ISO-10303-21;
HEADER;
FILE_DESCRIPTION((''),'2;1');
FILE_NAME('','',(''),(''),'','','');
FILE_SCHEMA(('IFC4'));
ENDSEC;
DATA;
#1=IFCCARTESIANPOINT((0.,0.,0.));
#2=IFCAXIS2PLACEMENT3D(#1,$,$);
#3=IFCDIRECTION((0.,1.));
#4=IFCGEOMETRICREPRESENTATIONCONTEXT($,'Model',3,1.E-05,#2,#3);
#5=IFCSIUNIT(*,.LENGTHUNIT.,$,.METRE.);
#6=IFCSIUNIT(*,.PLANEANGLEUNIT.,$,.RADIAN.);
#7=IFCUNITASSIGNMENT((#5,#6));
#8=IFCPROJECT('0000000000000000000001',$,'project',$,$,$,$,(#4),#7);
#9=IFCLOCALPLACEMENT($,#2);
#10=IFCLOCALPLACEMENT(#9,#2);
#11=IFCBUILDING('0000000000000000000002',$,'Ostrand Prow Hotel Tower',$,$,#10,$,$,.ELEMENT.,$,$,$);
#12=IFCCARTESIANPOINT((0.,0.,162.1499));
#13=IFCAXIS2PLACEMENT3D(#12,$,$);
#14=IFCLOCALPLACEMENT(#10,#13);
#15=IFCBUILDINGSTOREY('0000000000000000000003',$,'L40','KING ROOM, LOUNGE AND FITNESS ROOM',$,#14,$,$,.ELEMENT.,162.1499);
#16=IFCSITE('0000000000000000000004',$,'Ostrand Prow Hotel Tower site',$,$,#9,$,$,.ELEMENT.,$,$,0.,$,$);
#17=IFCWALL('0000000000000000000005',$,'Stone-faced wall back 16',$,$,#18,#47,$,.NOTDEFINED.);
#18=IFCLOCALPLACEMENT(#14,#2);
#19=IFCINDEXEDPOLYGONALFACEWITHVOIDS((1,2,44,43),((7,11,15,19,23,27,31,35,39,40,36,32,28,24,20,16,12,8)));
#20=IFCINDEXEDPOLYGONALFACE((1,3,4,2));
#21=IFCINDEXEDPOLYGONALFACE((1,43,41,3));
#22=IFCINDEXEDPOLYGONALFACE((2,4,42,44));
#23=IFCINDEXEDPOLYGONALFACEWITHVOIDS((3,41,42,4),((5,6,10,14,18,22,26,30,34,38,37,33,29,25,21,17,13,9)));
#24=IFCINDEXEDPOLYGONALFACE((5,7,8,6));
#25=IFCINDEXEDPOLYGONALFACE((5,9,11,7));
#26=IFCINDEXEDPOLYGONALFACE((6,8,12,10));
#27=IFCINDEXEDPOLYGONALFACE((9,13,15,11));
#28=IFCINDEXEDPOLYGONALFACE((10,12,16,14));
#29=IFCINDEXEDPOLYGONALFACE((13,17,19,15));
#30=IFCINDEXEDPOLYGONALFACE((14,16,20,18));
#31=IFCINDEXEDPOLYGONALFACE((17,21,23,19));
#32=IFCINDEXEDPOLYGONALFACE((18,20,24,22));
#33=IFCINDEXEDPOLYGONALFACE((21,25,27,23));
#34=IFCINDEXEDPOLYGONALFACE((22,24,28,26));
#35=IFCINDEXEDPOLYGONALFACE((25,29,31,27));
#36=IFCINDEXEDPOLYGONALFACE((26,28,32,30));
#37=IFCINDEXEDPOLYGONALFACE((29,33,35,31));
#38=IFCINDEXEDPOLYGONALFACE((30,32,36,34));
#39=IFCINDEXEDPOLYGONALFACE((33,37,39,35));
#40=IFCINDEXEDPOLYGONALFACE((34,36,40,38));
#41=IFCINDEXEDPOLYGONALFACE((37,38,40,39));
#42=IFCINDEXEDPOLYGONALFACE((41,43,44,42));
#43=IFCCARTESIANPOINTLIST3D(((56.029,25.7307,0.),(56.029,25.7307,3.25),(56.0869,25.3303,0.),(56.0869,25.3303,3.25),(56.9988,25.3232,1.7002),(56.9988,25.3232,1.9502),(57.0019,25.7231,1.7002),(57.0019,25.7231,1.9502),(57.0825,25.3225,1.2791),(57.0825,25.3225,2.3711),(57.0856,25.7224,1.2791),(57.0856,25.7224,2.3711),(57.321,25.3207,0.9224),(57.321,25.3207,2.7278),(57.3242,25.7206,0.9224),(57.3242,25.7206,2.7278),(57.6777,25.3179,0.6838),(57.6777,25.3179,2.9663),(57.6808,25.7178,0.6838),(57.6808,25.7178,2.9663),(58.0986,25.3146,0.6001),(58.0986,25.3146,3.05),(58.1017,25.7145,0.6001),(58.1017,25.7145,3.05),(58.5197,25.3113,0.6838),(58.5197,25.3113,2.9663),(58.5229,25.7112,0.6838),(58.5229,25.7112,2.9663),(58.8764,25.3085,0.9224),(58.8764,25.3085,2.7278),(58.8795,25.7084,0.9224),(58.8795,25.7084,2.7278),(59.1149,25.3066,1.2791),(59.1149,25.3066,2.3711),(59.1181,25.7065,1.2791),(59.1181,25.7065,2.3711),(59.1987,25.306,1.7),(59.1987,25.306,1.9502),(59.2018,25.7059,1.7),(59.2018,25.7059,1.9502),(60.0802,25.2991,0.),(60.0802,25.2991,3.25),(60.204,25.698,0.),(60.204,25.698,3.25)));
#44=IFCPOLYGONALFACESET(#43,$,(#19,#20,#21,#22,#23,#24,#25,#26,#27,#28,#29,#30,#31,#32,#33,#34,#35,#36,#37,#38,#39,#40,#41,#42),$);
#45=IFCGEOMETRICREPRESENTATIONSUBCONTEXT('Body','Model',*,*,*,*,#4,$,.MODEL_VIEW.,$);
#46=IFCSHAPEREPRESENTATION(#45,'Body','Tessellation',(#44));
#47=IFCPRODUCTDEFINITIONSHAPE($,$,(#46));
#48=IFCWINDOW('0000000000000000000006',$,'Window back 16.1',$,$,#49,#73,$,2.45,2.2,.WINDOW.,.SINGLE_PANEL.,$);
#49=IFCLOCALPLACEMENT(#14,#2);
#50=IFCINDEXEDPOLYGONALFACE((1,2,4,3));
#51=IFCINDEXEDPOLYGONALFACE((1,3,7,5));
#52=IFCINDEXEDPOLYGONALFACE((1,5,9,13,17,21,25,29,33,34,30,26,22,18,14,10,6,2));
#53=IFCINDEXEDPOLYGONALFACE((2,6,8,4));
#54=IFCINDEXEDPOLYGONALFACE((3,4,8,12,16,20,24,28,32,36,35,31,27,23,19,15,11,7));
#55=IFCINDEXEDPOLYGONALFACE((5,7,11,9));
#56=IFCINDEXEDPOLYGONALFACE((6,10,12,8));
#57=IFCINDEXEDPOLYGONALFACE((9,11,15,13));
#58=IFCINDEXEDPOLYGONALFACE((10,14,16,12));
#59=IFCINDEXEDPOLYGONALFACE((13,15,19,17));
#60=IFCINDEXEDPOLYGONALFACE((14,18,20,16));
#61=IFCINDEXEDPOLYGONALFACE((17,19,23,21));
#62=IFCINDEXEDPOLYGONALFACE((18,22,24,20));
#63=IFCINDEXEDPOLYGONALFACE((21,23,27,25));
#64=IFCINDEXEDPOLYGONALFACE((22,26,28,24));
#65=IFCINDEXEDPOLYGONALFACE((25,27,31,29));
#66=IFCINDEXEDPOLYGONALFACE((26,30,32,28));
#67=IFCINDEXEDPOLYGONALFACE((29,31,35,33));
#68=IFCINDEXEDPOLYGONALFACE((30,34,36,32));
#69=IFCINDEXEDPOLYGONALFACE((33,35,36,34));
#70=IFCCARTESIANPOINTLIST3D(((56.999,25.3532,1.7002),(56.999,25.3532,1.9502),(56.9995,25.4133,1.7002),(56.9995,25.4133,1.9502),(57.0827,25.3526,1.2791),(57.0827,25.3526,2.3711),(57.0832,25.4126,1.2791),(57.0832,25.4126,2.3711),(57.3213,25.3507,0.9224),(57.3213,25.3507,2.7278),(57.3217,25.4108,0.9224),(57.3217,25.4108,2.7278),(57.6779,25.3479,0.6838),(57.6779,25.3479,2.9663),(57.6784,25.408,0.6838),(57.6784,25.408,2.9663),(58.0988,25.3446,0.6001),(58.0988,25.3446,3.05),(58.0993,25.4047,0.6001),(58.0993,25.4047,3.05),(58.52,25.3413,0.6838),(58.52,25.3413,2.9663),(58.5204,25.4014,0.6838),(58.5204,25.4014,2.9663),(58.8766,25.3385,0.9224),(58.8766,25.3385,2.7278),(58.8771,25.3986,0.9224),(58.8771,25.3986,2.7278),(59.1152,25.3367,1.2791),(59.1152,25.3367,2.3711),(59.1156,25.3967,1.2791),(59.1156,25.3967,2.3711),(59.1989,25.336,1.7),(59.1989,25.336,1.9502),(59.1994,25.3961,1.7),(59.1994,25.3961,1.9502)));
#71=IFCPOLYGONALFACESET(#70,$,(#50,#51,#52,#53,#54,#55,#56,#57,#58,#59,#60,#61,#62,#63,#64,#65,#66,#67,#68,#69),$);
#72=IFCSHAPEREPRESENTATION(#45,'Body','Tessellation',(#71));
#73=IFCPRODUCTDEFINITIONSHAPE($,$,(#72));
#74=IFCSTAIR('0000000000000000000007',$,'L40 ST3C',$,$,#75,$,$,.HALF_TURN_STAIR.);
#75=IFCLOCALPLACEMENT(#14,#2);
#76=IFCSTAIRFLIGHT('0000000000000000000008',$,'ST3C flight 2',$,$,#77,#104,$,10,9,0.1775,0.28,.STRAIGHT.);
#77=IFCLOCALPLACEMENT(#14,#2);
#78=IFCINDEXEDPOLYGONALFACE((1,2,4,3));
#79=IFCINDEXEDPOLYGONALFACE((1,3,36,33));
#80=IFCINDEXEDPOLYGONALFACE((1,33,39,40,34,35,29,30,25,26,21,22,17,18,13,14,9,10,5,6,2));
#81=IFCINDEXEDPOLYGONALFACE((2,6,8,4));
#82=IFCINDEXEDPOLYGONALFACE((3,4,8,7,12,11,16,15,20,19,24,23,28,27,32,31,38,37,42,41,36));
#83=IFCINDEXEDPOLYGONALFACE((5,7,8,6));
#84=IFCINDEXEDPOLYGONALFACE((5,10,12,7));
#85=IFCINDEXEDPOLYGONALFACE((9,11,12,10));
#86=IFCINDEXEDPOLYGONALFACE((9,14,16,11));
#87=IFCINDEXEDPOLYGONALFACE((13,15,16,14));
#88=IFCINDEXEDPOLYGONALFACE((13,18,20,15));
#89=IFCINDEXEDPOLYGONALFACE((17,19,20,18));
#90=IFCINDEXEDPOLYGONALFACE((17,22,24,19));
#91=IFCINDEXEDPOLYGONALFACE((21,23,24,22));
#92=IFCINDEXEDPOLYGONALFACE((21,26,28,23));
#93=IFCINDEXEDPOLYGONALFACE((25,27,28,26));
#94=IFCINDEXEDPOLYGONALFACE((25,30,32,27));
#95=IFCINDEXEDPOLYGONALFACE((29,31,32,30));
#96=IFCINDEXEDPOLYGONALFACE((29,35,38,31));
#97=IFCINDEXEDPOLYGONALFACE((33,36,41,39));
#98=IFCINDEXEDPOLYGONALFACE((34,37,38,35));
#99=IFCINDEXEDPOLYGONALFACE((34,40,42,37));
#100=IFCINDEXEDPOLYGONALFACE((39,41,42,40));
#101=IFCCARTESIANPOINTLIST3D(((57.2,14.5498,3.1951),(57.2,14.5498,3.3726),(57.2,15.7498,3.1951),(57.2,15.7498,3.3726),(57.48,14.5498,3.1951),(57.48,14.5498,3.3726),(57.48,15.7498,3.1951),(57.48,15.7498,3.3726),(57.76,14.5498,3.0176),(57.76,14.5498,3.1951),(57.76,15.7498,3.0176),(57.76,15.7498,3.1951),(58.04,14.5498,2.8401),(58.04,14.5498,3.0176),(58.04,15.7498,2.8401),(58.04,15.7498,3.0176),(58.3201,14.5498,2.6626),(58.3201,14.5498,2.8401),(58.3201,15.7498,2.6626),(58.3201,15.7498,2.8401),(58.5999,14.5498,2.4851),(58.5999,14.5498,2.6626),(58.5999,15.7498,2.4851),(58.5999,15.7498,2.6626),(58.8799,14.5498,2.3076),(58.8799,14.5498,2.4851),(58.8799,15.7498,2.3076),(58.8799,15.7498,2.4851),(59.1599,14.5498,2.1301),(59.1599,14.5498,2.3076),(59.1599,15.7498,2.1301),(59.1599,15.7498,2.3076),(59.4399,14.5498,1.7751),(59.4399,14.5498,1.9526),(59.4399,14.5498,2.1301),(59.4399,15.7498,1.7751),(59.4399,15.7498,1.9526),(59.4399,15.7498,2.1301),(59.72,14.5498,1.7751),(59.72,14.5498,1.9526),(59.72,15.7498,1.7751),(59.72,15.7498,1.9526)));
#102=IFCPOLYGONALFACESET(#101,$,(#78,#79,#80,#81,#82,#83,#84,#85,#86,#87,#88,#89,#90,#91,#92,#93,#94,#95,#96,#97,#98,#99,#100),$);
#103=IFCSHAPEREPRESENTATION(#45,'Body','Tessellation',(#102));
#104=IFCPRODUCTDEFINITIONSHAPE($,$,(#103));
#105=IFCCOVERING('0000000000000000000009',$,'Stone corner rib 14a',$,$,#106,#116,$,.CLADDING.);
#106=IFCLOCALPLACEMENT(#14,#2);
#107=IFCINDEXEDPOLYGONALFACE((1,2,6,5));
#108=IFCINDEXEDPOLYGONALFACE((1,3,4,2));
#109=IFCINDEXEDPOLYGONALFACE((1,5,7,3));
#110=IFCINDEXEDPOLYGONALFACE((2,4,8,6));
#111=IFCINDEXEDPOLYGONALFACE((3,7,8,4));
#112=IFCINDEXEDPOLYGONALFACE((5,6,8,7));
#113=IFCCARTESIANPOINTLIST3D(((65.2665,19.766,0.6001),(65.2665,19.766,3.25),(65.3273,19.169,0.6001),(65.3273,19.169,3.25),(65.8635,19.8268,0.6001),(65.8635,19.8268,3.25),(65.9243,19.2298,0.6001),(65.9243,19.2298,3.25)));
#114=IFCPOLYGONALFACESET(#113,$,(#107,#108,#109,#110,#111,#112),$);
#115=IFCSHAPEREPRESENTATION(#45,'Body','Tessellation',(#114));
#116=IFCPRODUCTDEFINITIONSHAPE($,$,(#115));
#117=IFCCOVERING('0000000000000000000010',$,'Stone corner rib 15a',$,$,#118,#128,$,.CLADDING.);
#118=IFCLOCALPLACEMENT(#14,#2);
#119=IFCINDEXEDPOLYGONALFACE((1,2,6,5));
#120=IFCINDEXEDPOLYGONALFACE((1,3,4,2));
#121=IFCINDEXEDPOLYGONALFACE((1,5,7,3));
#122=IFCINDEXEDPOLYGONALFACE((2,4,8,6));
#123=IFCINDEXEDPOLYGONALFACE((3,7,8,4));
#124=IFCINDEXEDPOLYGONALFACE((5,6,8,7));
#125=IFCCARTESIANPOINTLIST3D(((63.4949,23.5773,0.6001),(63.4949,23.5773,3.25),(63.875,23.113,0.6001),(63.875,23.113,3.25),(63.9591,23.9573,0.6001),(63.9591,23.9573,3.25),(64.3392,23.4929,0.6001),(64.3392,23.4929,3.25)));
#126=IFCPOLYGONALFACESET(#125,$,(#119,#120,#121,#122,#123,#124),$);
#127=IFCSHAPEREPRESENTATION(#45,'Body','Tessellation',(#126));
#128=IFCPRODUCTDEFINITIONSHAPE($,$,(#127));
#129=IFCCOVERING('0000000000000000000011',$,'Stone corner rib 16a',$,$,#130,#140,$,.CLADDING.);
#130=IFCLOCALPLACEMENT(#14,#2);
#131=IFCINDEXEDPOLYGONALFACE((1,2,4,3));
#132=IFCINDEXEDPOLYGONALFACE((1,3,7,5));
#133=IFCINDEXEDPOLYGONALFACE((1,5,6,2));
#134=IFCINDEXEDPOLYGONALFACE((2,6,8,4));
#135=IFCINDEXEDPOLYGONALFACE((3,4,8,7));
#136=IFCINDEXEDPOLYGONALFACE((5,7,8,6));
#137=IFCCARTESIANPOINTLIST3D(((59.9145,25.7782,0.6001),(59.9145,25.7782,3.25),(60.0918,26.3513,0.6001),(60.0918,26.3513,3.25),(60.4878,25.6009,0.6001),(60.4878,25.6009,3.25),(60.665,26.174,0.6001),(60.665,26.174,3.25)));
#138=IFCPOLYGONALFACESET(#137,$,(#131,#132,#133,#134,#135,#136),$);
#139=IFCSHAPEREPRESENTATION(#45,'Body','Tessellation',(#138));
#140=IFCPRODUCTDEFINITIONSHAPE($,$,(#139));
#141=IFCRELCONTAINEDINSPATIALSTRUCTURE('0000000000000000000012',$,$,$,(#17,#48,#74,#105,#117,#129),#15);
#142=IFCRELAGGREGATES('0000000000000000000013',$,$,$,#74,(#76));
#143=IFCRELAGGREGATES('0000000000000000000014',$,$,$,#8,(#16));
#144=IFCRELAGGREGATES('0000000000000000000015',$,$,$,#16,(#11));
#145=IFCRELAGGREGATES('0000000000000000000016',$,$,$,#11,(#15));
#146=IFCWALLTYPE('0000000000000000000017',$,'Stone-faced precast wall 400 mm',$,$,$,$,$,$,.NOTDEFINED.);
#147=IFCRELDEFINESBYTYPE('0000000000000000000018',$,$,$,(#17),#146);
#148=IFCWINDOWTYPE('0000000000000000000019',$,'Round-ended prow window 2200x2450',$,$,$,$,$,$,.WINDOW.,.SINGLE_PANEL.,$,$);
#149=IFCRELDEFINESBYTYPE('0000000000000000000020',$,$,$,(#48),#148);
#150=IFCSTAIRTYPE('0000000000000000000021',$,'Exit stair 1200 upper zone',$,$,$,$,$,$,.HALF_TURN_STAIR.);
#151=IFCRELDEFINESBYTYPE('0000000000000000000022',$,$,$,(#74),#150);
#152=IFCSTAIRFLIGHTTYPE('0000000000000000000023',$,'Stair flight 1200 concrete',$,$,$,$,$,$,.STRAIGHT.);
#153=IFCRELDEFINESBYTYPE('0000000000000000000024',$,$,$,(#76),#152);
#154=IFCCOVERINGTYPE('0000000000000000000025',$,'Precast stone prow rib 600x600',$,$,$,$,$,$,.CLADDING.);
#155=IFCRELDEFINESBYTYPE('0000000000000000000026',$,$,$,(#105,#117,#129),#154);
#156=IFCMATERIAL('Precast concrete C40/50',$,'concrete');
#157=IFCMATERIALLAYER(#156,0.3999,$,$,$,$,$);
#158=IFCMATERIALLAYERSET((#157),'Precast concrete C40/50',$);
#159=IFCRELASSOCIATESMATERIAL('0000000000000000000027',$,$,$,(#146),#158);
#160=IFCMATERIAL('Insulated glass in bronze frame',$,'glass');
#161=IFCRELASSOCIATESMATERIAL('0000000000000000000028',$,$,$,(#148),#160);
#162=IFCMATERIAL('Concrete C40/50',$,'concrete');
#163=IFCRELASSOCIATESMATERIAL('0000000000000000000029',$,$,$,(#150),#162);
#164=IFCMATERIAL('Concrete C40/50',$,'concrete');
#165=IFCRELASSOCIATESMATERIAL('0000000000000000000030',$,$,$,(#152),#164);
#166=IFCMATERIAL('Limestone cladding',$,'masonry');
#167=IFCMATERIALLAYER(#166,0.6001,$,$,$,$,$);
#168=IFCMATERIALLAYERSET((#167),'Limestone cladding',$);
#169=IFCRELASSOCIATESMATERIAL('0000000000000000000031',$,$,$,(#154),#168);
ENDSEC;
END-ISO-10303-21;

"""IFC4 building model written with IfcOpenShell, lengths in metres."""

from ifc_helpers import new_model, si_unit, direction, frame, frame_2d, origin, place, context, subcontext, project, spatial, polyline, rectangle, outline, extrude, material, layer, layer_set, type_object, element, fill, aggregate, save


model = new_model("IFC4")

# Units and contexts
model_context = context("Model", 3, precision=1e-05, world=origin(), true_north=direction((0.0, 1.0)))
body_context = subcontext(model_context, "Body", "Model", "MODEL_VIEW")
ifc_project = project(units=[si_unit("LENGTHUNIT", "METRE"), si_unit("PLANEANGLEUNIT", "RADIAN")], contexts=[model_context])

# Site, building, storey
site_placement = place(None, origin())
site = spatial("IfcSite", under=ifc_project, at=site_placement, Name="Ostrand Prow Hotel Tower site", CompositionType="ELEMENT", RefElevation=0.0)
building_placement = place(site_placement, origin())
building = spatial("IfcBuilding", under=site, at=building_placement, Name="Ostrand Prow Hotel Tower", CompositionType="ELEMENT")
storey_placement = place(building_placement, frame((0.0, 0.0, 162.1499)))
storey = spatial("IfcBuildingStorey", under=building, at=storey_placement, Name="L40", Description="KING ROOM, LOUNGE AND FITNESS ROOM", CompositionType="ELEMENT", Elevation=162.1499)

# Shared definitions
ifc_material_1 = material(Name="Precast concrete C40/50", Category="concrete")
ifc_layer_1 = layer(ifc_material_1, 0.3999)
ifc_layer_set_1 = layer_set([ifc_layer_1], Name="Precast concrete C40/50")
wall_type_1 = type_object("IfcWallType", Name="Stone-faced precast wall 400 mm", PredefinedType="NOTDEFINED", material=ifc_layer_set_1)

# Wall, opening, window
ifc_material_2 = material(Name="Insulated glass in bronze frame", Category="glass")
window_type = type_object("IfcWindowType", Name="Round-ended prow window 2200x2450", PartitioningType="SINGLE_PANEL", PredefinedType="WINDOW", material=ifc_material_2)
wall_1_placement = place(storey_placement, frame((60.1421, 25.4985, 0.0), z_axis=(0.0, 0.0, 1.0), x_axis=(-0.999969, 0.007831, 0.0)))
wall_1 = element("IfcWall", 1, at=wall_1_placement, inside=storey, type_object=wall_type_1, Name="Stone-faced wall back 16", PredefinedType="NOTDEFINED", context=body_context, shape_type="SweptSolid", body=[
    extrude(outline(polyline([(-0.0603, -0.2), (4.1147, -0.2), (4.0537, 0.2), (0.0603, 0.2), (-0.0603, -0.2)])), origin(), (0.0, 0.0, 1.0), 3.25),
])
opening_1_placement = place(wall_1_placement, frame((0.9419, 0.0, 0.6001)))
opening_1 = element("IfcOpeningElement", 2, at=opening_1_placement, cuts=wall_1, PredefinedType="OPENING", context=body_context, shape_type="SweptSolid", body=[
    extrude(outline(polyline([(0.0, 1.3501), (0.0837, 1.771), (0.3223, 2.1277), (0.679, 2.3662), (1.1001, 2.45), (1.521, 2.3662), (1.8777, 2.1277), (2.1162, 1.771), (2.2, 1.3501), (2.2, 1.1001), (2.1162, 0.679), (1.8777, 0.3223), (1.521, 0.0837), (1.1001, 0.0), (0.679, 0.0837), (0.3223, 0.3223), (0.0837, 0.679), (0.0, 1.0999), (0.0, 1.3501)])), frame((0.0, 0.21, 0.0), z_axis=(0.0, -1.0, 0.0), x_axis=(1.0, 0.0, 0.0)), (0.0, 0.0, 1.0), 0.4199),
])
window_1_placement = place(opening_1_placement, origin())
window_1 = element("IfcWindow", 3, at=window_1_placement, inside=storey, type_object=window_type, Name="Window back 16.1", OverallHeight=2.45, OverallWidth=2.2, PartitioningType="SINGLE_PANEL", PredefinedType="WINDOW", context=body_context, shape_type="SweptSolid", body=[
    extrude(outline(polyline([(0.0, 1.3501), (0.0837, 1.771), (0.3223, 2.1277), (0.679, 2.3662), (1.1001, 2.45), (1.521, 2.3662), (1.8777, 2.1277), (2.1162, 1.771), (2.2, 1.3501), (2.2, 1.1001), (2.1162, 0.679), (1.8777, 0.3223), (1.521, 0.0837), (1.1001, 0.0), (0.679, 0.0837), (0.3223, 0.3223), (0.0837, 0.679), (0.0, 1.0999), (0.0, 1.3501)])), frame((0.0, 0.1699, 0.0), z_axis=(0.0, -1.0, 0.0), x_axis=(1.0, 0.0, 0.0)), (0.0, 0.0, 1.0), 0.0601),
])
fill(opening_1, window_1)

# Stair, stair flight
ifc_material_3 = material(Name="Concrete C40/50", Category="concrete")
stair_type = type_object("IfcStairType", Name="Exit stair 1200 upper zone", PredefinedType="HALF_TURN_STAIR", material=ifc_material_3)
stair_placement = place(storey_placement, origin())
stair = element("IfcStair", 4, at=stair_placement, inside=storey, type_object=stair_type, Name="L40 ST3C", PredefinedType="HALF_TURN_STAIR")
ifc_material_4 = material(Name="Concrete C40/50", Category="concrete")
stair_flight_type = type_object("IfcStairFlightType", Name="Stair flight 1200 concrete", PredefinedType="STRAIGHT", material=ifc_material_4)
stair_flight_placement = place(storey_placement, frame((59.72, 15.1499, 1.7751), z_axis=(0.0, 0.0, 1.0), x_axis=(-1.0, 0.0, 0.0)))
stair_flight = element("IfcStairFlight", 5, at=stair_flight_placement, type_object=stair_flight_type, Name="ST3C flight 2", NumberOfRisers=10, NumberOfTreads=9, PredefinedType="STRAIGHT", RiserHeight=0.1775, TreadLength=0.28, context=body_context, shape_type="SweptSolid", body=[
    extrude(outline(polyline([(0.0, 0.0), (0.0, 0.1775), (0.28, 0.1775), (0.28, 0.355), (0.5601, 0.355), (0.5601, 0.5325), (0.8401, 0.5325), (0.8401, 0.71), (1.1201, 0.71), (1.1201, 0.8875), (1.3999, 0.8875), (1.3999, 1.0649), (1.6799, 1.0649), (1.6799, 1.2424), (1.96, 1.2424), (1.96, 1.4199), (2.24, 1.4199), (2.24, 1.5974), (2.52, 1.5974), (2.52, 1.7749), (2.52, 1.4199), (0.28, 0.0), (0.0, 0.0)])), frame((0.0, 0.6001, 0.0), z_axis=(0.0, -1.0, 0.0), x_axis=(1.0, 0.0, 0.0)), (0.0, 0.0, 1.0), 1.2),
])
aggregate(stair, [stair_flight])

# Coverings
ifc_material_5 = material(Name="Limestone cladding", Category="masonry")
ifc_layer_2 = layer(ifc_material_5, 0.6001)
ifc_layer_set_2 = layer_set([ifc_layer_2], Name="Limestone cladding")
covering_type = type_object("IfcCoveringType", Name="Precast stone prow rib 600x600", PredefinedType="CLADDING", material=ifc_layer_set_2)
covering_placement = place(storey_placement, frame((65.2969, 19.4675, 0.6001), z_axis=(0.0, 0.0, 1.0), x_axis=(0.994854, 0.101316, 0.0)))
element("IfcCovering", 6, at=covering_placement, inside=storey, type_object=covering_type, Name="Stone corner rib 14a", PredefinedType="CLADDING", context=body_context, shape_type="SweptSolid", body=[
    extrude(rectangle(XDim=0.6001, YDim=0.6001, at=frame_2d((0.3, 0.0))), origin(), (0.0, 0.0, 1.0), 2.6499),
])
for number, where, z_axis, x_axis, name in (
    (7, (63.6851, 23.3452, 0.6001), (0.0, 0.0, 1.0), (0.77383, 0.633393, 0.0), "Stone corner rib 15a"),
    (8, (60.2012, 25.6897, 0.6001), (0.0, 0.0, 1.0), (0.295516, 0.955338, 0.0), "Stone corner rib 16a"),
):
    element("IfcCovering", number, at=place(storey_placement, frame(where, z_axis=z_axis, x_axis=x_axis)), inside=storey, type_object=covering_type, Name=name, PredefinedType="CLADDING", context=body_context, shape_type="SweptSolid", body=[
        extrude(rectangle(XDim=0.5999, YDim=0.6001, at=frame_2d((0.2998, 0.0))), origin(), (0.0, 0.0, 1.0), 2.6499),
    ])

save(model, "model.ifc")
